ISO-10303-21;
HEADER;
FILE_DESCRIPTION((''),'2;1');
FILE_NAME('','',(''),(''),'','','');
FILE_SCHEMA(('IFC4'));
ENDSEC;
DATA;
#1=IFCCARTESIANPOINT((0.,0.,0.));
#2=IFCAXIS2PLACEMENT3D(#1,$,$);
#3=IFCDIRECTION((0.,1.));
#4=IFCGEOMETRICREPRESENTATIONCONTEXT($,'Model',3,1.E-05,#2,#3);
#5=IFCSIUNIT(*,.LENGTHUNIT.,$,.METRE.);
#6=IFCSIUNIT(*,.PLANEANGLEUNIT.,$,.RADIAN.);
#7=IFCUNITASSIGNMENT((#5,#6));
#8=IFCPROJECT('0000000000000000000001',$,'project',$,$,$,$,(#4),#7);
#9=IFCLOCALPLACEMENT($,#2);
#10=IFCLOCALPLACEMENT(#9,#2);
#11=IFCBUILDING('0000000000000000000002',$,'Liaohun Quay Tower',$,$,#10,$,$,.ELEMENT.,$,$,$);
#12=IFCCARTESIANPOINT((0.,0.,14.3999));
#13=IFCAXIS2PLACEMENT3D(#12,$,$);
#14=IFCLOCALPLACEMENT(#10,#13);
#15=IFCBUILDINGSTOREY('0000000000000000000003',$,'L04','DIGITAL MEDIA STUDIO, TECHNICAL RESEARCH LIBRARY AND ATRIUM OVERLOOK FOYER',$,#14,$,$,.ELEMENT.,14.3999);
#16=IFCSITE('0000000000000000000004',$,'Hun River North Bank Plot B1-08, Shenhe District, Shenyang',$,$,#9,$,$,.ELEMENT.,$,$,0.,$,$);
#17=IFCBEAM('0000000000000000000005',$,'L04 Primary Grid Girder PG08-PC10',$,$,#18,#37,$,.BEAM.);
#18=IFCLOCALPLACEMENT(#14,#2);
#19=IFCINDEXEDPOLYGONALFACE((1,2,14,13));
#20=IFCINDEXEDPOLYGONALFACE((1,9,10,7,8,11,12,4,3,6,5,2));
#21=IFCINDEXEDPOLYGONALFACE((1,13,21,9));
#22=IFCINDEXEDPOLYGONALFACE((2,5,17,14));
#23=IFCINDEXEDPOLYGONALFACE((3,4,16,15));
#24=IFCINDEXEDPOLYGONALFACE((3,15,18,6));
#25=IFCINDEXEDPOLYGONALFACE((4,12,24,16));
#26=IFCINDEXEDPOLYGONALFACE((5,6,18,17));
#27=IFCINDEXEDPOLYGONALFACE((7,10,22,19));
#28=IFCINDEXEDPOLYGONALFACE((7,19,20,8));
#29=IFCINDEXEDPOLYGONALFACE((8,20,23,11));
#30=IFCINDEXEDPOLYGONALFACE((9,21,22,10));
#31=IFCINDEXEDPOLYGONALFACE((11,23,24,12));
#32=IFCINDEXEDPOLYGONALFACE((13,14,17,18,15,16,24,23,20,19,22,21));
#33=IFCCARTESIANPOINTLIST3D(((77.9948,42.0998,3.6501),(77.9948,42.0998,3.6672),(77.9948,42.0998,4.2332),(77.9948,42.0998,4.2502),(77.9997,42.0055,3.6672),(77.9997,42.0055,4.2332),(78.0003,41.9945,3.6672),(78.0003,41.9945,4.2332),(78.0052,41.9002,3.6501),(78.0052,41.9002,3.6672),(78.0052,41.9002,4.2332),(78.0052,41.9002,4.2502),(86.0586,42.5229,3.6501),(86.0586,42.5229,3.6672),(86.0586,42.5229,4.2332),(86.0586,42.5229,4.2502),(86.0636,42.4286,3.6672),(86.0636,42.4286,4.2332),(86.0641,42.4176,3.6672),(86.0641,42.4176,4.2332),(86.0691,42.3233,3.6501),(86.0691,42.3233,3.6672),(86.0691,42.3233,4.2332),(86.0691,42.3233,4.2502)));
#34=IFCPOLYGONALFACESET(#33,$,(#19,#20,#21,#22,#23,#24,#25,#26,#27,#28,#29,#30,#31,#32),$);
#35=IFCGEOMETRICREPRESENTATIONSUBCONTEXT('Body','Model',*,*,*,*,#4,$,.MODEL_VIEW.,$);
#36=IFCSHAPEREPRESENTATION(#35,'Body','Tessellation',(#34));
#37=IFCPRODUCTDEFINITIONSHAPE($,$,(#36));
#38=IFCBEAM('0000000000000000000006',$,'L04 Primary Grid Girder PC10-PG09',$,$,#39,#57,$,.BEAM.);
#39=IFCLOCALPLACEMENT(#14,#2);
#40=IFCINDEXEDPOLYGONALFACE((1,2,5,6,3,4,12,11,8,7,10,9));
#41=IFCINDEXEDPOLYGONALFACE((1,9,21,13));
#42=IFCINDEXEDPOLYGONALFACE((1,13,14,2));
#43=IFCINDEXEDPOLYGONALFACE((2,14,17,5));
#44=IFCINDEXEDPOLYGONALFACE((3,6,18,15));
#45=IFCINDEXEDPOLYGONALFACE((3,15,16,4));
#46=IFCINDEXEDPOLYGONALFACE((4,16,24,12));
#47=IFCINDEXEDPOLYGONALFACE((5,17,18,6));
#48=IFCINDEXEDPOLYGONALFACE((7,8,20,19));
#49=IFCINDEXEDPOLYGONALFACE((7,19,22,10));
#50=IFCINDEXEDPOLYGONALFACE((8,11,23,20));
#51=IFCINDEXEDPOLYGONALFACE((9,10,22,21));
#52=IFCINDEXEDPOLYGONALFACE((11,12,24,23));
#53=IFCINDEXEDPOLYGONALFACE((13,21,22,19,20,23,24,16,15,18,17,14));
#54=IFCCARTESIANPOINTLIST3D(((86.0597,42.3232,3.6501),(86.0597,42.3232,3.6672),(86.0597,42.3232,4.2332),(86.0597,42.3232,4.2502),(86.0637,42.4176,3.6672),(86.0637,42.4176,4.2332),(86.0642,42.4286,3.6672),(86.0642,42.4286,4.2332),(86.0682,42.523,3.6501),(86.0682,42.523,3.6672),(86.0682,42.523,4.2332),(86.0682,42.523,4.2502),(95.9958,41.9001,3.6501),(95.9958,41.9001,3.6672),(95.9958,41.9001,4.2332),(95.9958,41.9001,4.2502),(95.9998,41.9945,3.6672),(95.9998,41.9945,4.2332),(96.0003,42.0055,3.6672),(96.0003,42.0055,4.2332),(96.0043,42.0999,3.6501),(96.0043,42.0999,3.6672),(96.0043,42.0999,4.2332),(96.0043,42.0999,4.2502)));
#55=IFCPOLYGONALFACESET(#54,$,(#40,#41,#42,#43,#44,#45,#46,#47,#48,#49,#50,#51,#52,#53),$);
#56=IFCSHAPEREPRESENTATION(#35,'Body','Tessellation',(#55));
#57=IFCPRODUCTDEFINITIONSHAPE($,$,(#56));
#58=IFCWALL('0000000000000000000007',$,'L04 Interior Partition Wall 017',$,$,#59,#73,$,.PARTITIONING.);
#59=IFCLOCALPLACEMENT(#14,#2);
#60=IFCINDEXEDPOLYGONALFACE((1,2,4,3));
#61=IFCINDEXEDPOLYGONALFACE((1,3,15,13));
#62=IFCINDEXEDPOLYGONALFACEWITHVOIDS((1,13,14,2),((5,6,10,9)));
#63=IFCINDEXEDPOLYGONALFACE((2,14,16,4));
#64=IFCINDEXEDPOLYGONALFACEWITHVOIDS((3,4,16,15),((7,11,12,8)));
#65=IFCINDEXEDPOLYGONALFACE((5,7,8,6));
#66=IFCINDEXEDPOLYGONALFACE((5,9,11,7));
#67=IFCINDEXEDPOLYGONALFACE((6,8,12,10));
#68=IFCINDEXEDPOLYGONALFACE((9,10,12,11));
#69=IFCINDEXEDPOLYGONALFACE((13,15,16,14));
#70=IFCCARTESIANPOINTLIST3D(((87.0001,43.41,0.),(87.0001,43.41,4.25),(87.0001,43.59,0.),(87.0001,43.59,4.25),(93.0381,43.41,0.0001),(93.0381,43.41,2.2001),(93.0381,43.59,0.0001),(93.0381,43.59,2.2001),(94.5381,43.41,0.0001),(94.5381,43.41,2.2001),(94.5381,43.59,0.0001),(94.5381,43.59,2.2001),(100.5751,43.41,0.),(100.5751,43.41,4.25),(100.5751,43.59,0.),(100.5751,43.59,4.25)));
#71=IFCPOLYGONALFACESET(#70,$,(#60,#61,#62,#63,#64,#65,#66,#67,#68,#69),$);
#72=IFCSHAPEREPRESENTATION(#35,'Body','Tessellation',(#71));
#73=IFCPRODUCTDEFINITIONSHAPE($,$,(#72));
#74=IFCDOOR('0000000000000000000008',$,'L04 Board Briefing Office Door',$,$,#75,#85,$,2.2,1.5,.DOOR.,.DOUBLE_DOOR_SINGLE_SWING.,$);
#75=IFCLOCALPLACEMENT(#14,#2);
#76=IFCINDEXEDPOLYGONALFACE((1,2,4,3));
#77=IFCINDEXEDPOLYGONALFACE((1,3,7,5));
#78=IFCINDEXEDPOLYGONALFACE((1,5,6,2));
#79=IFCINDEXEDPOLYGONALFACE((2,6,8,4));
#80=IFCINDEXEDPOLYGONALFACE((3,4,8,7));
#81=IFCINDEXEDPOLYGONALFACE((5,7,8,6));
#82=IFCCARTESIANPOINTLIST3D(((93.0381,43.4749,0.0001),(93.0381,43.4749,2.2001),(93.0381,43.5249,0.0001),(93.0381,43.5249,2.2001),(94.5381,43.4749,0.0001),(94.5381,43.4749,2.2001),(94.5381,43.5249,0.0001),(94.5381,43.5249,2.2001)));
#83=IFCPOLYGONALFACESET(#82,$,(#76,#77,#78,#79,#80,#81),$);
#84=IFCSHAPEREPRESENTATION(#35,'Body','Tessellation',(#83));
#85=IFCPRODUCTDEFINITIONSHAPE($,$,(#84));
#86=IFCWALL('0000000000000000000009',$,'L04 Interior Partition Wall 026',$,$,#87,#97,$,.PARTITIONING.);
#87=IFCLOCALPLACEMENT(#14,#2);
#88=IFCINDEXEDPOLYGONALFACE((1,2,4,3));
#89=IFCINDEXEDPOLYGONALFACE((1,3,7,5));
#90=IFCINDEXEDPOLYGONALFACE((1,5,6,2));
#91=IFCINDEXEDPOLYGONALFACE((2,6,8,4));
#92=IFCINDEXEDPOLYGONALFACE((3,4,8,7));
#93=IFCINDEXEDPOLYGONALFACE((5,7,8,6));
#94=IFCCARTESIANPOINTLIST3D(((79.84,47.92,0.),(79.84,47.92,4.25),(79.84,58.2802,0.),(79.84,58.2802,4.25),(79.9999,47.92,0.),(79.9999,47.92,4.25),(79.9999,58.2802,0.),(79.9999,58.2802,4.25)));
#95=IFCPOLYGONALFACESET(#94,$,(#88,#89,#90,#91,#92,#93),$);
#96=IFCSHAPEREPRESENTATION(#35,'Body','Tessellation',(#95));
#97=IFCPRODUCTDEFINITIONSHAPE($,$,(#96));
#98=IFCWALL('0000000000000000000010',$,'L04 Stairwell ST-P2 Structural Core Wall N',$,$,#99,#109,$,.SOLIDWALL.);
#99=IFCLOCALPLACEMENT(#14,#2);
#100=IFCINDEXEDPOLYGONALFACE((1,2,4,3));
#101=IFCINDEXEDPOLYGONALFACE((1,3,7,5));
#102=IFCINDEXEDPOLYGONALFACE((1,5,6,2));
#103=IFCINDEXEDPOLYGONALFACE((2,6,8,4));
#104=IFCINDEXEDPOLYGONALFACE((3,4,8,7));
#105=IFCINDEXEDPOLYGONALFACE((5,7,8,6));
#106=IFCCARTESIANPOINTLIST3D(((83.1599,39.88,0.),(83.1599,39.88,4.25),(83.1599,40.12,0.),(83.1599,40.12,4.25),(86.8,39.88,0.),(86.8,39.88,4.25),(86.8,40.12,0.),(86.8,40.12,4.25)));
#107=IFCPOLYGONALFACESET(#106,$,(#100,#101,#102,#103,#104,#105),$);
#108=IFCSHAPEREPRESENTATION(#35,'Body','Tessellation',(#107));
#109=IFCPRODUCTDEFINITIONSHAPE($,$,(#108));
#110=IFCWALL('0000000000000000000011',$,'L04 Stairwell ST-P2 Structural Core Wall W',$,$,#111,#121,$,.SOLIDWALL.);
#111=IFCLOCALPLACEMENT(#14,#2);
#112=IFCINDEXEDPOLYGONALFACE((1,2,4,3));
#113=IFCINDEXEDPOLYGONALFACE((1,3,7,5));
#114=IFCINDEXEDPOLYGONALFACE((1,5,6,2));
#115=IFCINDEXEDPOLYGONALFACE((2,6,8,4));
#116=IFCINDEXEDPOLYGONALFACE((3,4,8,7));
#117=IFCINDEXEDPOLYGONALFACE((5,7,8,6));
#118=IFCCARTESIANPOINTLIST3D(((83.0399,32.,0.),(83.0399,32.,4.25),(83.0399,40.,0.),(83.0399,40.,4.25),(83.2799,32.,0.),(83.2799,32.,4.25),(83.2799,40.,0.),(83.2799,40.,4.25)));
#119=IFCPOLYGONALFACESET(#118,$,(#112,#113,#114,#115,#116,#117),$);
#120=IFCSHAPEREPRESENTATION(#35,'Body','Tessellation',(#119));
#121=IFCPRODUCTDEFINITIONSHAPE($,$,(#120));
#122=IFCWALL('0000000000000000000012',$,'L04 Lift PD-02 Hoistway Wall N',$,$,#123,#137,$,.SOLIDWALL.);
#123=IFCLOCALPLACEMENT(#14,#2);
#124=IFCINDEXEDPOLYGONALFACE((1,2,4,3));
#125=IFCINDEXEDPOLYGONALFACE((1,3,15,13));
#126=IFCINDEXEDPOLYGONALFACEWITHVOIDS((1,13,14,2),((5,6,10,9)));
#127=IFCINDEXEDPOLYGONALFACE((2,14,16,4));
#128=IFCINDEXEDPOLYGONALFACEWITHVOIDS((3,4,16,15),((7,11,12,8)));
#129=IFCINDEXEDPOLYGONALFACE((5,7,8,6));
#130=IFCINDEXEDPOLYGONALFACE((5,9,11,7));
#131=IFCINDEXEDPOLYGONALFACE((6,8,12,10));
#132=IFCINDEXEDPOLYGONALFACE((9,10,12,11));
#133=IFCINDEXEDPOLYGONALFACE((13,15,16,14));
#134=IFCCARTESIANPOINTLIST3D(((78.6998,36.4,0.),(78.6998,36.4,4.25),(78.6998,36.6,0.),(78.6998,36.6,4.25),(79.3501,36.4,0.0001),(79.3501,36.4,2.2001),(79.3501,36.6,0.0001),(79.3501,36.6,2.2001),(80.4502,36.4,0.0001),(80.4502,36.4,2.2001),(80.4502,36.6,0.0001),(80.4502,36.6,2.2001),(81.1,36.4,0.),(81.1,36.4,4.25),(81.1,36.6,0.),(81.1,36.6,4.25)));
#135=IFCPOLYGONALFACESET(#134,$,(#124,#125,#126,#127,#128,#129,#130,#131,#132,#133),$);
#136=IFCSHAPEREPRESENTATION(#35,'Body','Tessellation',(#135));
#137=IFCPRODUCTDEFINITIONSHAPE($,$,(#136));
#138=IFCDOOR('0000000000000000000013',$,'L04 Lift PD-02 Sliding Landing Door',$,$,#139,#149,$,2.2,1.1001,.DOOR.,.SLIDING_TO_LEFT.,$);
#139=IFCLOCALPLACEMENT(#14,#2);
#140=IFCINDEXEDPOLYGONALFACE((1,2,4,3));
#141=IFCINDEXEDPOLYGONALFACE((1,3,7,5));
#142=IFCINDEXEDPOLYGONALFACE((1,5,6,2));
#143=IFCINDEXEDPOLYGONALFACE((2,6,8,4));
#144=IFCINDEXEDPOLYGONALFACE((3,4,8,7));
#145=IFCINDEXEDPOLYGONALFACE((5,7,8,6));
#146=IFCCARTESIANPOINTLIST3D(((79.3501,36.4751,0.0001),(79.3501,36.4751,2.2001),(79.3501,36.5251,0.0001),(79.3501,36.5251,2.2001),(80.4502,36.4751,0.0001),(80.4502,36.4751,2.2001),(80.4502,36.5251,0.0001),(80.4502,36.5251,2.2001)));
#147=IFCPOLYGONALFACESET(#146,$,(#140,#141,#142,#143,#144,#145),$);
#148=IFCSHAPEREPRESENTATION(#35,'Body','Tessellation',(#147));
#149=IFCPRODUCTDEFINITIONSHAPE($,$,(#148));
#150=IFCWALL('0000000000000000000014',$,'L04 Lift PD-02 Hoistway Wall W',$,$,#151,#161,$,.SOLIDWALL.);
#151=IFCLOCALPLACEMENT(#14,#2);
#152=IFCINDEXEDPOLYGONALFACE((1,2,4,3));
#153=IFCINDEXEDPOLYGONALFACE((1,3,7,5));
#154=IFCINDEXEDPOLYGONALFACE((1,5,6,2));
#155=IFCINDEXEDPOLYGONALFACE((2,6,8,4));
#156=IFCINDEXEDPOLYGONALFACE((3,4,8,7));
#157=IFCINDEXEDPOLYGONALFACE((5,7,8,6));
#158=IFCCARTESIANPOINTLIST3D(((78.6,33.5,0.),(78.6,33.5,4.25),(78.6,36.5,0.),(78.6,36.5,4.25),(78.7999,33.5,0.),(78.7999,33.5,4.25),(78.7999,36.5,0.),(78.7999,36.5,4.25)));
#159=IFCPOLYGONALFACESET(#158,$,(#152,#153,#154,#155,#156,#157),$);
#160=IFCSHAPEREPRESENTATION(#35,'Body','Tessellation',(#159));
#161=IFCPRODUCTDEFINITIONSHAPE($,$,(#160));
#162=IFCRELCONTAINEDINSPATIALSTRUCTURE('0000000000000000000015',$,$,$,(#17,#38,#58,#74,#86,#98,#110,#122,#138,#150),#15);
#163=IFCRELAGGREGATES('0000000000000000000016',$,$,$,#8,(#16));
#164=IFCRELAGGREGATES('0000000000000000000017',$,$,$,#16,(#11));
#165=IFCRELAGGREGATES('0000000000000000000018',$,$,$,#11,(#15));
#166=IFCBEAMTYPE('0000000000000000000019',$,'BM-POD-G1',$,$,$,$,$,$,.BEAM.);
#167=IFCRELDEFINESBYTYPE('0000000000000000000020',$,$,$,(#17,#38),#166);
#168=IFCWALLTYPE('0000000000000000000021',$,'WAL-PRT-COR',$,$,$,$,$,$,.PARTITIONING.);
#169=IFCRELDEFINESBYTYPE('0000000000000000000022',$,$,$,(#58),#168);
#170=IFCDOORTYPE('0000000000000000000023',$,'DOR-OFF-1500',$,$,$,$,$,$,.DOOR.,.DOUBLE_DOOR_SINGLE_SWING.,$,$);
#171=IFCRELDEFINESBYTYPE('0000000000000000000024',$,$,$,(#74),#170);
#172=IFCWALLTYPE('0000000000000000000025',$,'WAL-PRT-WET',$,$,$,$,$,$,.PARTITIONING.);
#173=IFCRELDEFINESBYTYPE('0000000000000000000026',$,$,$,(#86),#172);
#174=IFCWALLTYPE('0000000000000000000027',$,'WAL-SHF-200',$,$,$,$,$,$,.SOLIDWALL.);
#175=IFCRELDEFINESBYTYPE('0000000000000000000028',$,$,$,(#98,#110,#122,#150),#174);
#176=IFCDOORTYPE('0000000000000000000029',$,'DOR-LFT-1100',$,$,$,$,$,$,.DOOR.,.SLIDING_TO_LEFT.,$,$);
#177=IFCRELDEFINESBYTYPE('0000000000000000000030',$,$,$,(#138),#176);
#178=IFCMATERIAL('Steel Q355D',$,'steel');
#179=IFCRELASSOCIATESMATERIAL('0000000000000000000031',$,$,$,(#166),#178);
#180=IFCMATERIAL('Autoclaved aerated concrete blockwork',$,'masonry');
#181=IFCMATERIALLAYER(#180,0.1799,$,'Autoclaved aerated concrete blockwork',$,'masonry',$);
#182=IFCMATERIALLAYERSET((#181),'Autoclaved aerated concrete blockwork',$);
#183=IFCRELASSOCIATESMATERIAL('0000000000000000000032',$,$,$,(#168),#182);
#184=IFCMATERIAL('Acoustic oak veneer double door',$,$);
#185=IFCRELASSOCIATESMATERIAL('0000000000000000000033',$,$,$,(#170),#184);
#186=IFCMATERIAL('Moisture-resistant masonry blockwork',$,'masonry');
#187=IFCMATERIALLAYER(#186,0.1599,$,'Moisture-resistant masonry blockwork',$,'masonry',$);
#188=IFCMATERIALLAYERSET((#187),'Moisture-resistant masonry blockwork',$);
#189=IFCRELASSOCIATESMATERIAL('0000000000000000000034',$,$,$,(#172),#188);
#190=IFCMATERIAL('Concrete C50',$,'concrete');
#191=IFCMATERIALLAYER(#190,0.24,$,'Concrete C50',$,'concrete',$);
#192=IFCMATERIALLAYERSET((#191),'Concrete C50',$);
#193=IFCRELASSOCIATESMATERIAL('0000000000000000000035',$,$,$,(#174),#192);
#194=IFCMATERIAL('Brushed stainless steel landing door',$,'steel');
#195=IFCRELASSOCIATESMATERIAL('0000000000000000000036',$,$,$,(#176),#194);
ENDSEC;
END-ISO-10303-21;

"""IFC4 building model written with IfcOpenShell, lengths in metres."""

from ifc_helpers import new_model, si_unit, direction, frame, frame_2d, origin, origin_2d, place, context, subcontext, project, spatial, rectangle, i_section, extrude, source, transform, mapped, material, layer, layer_set, material_profile, profile_set, type_object, element, fill, save


model = new_model("IFC4")

# Units and contexts
model_context = context("Model", 3, precision=1e-05, world=origin(), true_north=direction((0.0, 1.0)))
body_context = subcontext(model_context, "Body", "Model", "MODEL_VIEW")
ifc_project = project(units=[si_unit("LENGTHUNIT", "METRE"), si_unit("PLANEANGLEUNIT", "RADIAN")], contexts=[model_context])

# Site, building, storey
site_placement = place(None, origin())
site = spatial("IfcSite", under=ifc_project, at=site_placement, Name="Hun River North Bank Plot B1-08, Shenhe District, Shenyang", CompositionType="ELEMENT", RefElevation=0.0)
building_placement = place(site_placement, origin())
building = spatial("IfcBuilding", under=site, at=building_placement, Name="Liaohun Quay Tower", CompositionType="ELEMENT")
storey_placement = place(building_placement, frame((0.0, 0.0, 14.3999)))
storey = spatial("IfcBuildingStorey", under=building, at=storey_placement, Name="L04", Description="DIGITAL MEDIA STUDIO, TECHNICAL RESEARCH LIBRARY AND ATRIUM OVERLOOK FOYER", CompositionType="ELEMENT", Elevation=14.3999)

# Beams
ifc_material_1 = material(Name="Steel Q355D", Category="steel")
ifc_material_profile_1 = material_profile(ifc_material_1, i_section(OverallWidth=0.2, OverallDepth=0.6001, WebThickness=0.011, FlangeThickness=0.0171, at=origin_2d()), Name="HN600x200x11x17")
ifc_profile_set_1 = profile_set([ifc_material_profile_1], Name="Steel Q355D")
beam_type_1 = type_object("IfcBeamType", Name="BM-POD-G1", PredefinedType="BEAM", material=ifc_profile_set_1)
shared_shape_1 = source(origin(), body_context, "Body", "SweptSolid", [
    extrude(i_section(OverallWidth=0.2, OverallDepth=0.6001, WebThickness=0.011, FlangeThickness=0.0171, at=origin_2d()), origin(), (0.0, 0.0, 1.0), 8.075),
])
beam_1_placement = place(storey_placement, frame((78.0, 42.0, 3.9502), z_axis=(0.998626, 0.052395, 0.0), x_axis=(-0.052395, 0.998626, 0.0)))
element("IfcBeam", 1, at=beam_1_placement, inside=storey, type_object=beam_type_1, Name="L04 Primary Grid Girder PG08-PC10", PredefinedType="BEAM", context=body_context, shape_type="MappedRepresentation", body=[
    mapped(shared_shape_1, transform((0.0, 0.0, 0.0), x_axis=(1.0, 0.0, 0.0), y_axis=(0.0, 1.0, 0.0), z_axis=(0.0, 0.0, 1.0), scale=1.0)),
])
shared_shape_2 = source(origin(), body_context, "Body", "SweptSolid", [
    extrude(i_section(OverallWidth=0.2, OverallDepth=0.6001, WebThickness=0.011, FlangeThickness=0.0171, at=origin_2d()), origin(), (0.0, 0.0, 1.0), 9.9451),
])
beam_2_placement = place(storey_placement, frame((86.064, 42.4231, 3.9502), z_axis=(0.999095, -0.042543, 0.0), x_axis=(0.042543, 0.999095, 0.0)))
element("IfcBeam", 2, at=beam_2_placement, inside=storey, type_object=beam_type_1, Name="L04 Primary Grid Girder PC10-PG09", PredefinedType="BEAM", context=body_context, shape_type="MappedRepresentation", body=[
    mapped(shared_shape_2, transform((0.0, 0.0, 0.0), x_axis=(1.0, 0.0, 0.0), y_axis=(0.0, 1.0, 0.0), z_axis=(0.0, 0.0, 1.0), scale=1.0)),
])

# Wall, opening, door
ifc_material_2 = material(Name="Autoclaved aerated concrete blockwork", Category="masonry")
ifc_layer_1 = layer(ifc_material_2, 0.1799, Name="Autoclaved aerated concrete blockwork", Category="masonry")
ifc_layer_set_1 = layer_set([ifc_layer_1], Name="Autoclaved aerated concrete blockwork")
wall_type_1 = type_object("IfcWallType", Name="WAL-PRT-COR", PredefinedType="PARTITIONING", material=ifc_layer_set_1)
wall_1_placement = place(storey_placement, frame((87.0, 43.5, 0.0), z_axis=(0.0, 0.0, 1.0), x_axis=(1.0, 0.0, 0.0)))
wall_1 = element("IfcWall", 3, at=wall_1_placement, inside=storey, type_object=wall_type_1, Name="L04 Interior Partition Wall 017", PredefinedType="PARTITIONING", context=body_context, shape_type="SweptSolid", body=[
    extrude(rectangle(XDim=13.575, YDim=0.1799, at=frame_2d((6.7876, 0.0))), origin(), (0.0, 0.0, 1.0), 4.25),
])
shared_shape_3 = source(origin(), body_context, "Body", "SweptSolid", [
    extrude(rectangle(XDim=1.5, YDim=2.2, at=frame_2d((0.75, 1.1001))), frame((0.0, 0.0999, 0.0), z_axis=(0.0, -1.0, 0.0), x_axis=(1.0, 0.0, 0.0)), (0.0, 0.0, 1.0), 0.2),
])
opening_1_placement = place(wall_1_placement, frame((6.0381, 0.0, 0.0)))
opening_1 = element("IfcOpeningElement", 4, at=opening_1_placement, cuts=wall_1, PredefinedType="OPENING", context=body_context, shape_type="MappedRepresentation", body=[
    mapped(shared_shape_3, transform((0.0, 0.0, 0.0), x_axis=(1.0, 0.0, 0.0), y_axis=(0.0, 1.0, 0.0), z_axis=(0.0, 0.0, 1.0), scale=1.0)),
])
ifc_material_3 = material(Name="Acoustic oak veneer double door")
door_type_1 = type_object("IfcDoorType", Name="DOR-OFF-1500", OperationType="DOUBLE_DOOR_SINGLE_SWING", PredefinedType="DOOR", material=ifc_material_3)
shared_shape_4 = source(origin(), body_context, "Body", "SweptSolid", [
    extrude(rectangle(XDim=1.5, YDim=2.2, at=frame_2d((0.75, 1.1001))), frame((0.0, 0.0249, 0.0), z_axis=(0.0, -1.0, 0.0), x_axis=(1.0, 0.0, 0.0)), (0.0, 0.0, 1.0), 0.05),
])
door_1_placement = place(opening_1_placement, origin())
door_1 = element("IfcDoor", 5, at=door_1_placement, inside=storey, type_object=door_type_1, Name="L04 Board Briefing Office Door", OperationType="DOUBLE_DOOR_SINGLE_SWING", OverallHeight=2.2, OverallWidth=1.5, PredefinedType="DOOR", context=body_context, shape_type="MappedRepresentation", body=[
    mapped(shared_shape_4, transform((0.0, 0.0, 0.0), x_axis=(1.0, 0.0, 0.0), y_axis=(0.0, 1.0, 0.0), z_axis=(0.0, 0.0, 1.0), scale=1.0)),
])
fill(opening_1, door_1)

# Walls
ifc_material_4 = material(Name="Moisture-resistant masonry blockwork", Category="masonry")
ifc_layer_2 = layer(ifc_material_4, 0.1599, Name="Moisture-resistant masonry blockwork", Category="masonry")
ifc_layer_set_2 = layer_set([ifc_layer_2], Name="Moisture-resistant masonry blockwork")
wall_type_2 = type_object("IfcWallType", Name="WAL-PRT-WET", PredefinedType="PARTITIONING", material=ifc_layer_set_2)
wall_2_placement = place(storey_placement, frame((79.9199, 47.9199, 0.0), z_axis=(0.0, 0.0, 1.0), x_axis=(0.0, 1.0, 0.0)))
element("IfcWall", 6, at=wall_2_placement, inside=storey, type_object=wall_type_2, Name="L04 Interior Partition Wall 026", PredefinedType="PARTITIONING", context=body_context, shape_type="SweptSolid", body=[
    extrude(rectangle(XDim=10.3601, YDim=0.1599, at=frame_2d((5.1802, 0.0))), origin(), (0.0, 0.0, 1.0), 4.25),
])
ifc_material_5 = material(Name="Concrete C50", Category="concrete")
ifc_layer_3 = layer(ifc_material_5, 0.24, Name="Concrete C50", Category="concrete")
ifc_layer_set_3 = layer_set([ifc_layer_3], Name="Concrete C50")
wall_type_3 = type_object("IfcWallType", Name="WAL-SHF-200", PredefinedType="SOLIDWALL", material=ifc_layer_set_3)
wall_3_placement = place(storey_placement, frame((86.8, 40.0, 0.0), z_axis=(0.0, 0.0, 1.0), x_axis=(-1.0, 0.0, 0.0)))
element("IfcWall", 7, at=wall_3_placement, inside=storey, type_object=wall_type_3, Name="L04 Stairwell ST-P2 Structural Core Wall N", PredefinedType="SOLIDWALL", context=body_context, shape_type="SweptSolid", body=[
    extrude(rectangle(XDim=3.6401, YDim=0.24, at=frame_2d((1.8201, 0.0))), origin(), (0.0, 0.0, 1.0), 4.25),
])
wall_4_placement = place(storey_placement, frame((83.1599, 40.0, 0.0), z_axis=(0.0, 0.0, 1.0), x_axis=(0.0, -1.0, 0.0)))
element("IfcWall", 8, at=wall_4_placement, inside=storey, type_object=wall_type_3, Name="L04 Stairwell ST-P2 Structural Core Wall W", PredefinedType="SOLIDWALL", context=body_context, shape_type="SweptSolid", body=[
    extrude(rectangle(XDim=8.0, YDim=0.24, at=frame_2d((4.0, 0.0))), origin(), (0.0, 0.0, 1.0), 4.25),
])

# Wall, opening, door
wall_5_placement = place(storey_placement, frame((81.1001, 36.5, 0.0), z_axis=(0.0, 0.0, 1.0), x_axis=(-1.0, 0.0, 0.0)))
wall_5 = element("IfcWall", 9, at=wall_5_placement, inside=storey, type_object=wall_type_3, Name="L04 Lift PD-02 Hoistway Wall N", PredefinedType="SOLIDWALL", context=body_context, shape_type="SweptSolid", body=[
    extrude(rectangle(XDim=2.4001, YDim=0.2, at=frame_2d((1.2002, 0.0))), origin(), (0.0, 0.0, 1.0), 4.25),
])
shared_shape_5 = source(origin(), body_context, "Body", "SweptSolid", [
    extrude(rectangle(XDim=1.1001, YDim=2.2, at=frame_2d((0.55, 1.1001))), frame((0.0, 0.1099, 0.0), z_axis=(0.0, -1.0, 0.0), x_axis=(1.0, 0.0, 0.0)), (0.0, 0.0, 1.0), 0.22),
])
opening_2_placement = place(wall_5_placement, frame((0.6499, 0.0, 0.0)))
opening_2 = element("IfcOpeningElement", 10, at=opening_2_placement, cuts=wall_5, PredefinedType="OPENING", context=body_context, shape_type="MappedRepresentation", body=[
    mapped(shared_shape_5, transform((0.0, 0.0, 0.0), x_axis=(1.0, 0.0, 0.0), y_axis=(0.0, 1.0, 0.0), z_axis=(0.0, 0.0, 1.0), scale=1.0)),
])
ifc_material_6 = material(Name="Brushed stainless steel landing door", Category="steel")
door_type_2 = type_object("IfcDoorType", Name="DOR-LFT-1100", OperationType="SLIDING_TO_LEFT", PredefinedType="DOOR", material=ifc_material_6)
shared_shape_6 = source(origin(), body_context, "Body", "SweptSolid", [
    extrude(rectangle(XDim=1.1001, YDim=2.2, at=frame_2d((0.55, 1.1001))), frame((0.0, 0.0249, 0.0), z_axis=(0.0, -1.0, 0.0), x_axis=(1.0, 0.0, 0.0)), (0.0, 0.0, 1.0), 0.05),
])
door_2_placement = place(opening_2_placement, origin())
door_2 = element("IfcDoor", 11, at=door_2_placement, inside=storey, type_object=door_type_2, Name="L04 Lift PD-02 Sliding Landing Door", OperationType="SLIDING_TO_LEFT", OverallHeight=2.2, OverallWidth=1.1001, PredefinedType="DOOR", context=body_context, shape_type="MappedRepresentation", body=[
    mapped(shared_shape_6, transform((0.0, 0.0, 0.0), x_axis=(1.0, 0.0, 0.0), y_axis=(0.0, 1.0, 0.0), z_axis=(0.0, 0.0, 1.0), scale=1.0)),
])
fill(opening_2, door_2)

# Wall
wall_6_placement = place(storey_placement, frame((78.7, 36.5, 0.0), z_axis=(0.0, 0.0, 1.0), x_axis=(0.0, -1.0, 0.0)))
element("IfcWall", 12, at=wall_6_placement, inside=storey, type_object=wall_type_3, Name="L04 Lift PD-02 Hoistway Wall W", PredefinedType="SOLIDWALL", context=body_context, shape_type="SweptSolid", body=[
    extrude(rectangle(XDim=3.0, YDim=0.2, at=frame_2d((1.5, 0.0))), origin(), (0.0, 0.0, 1.0), 4.25),
])

save(model, "model.ifc")
